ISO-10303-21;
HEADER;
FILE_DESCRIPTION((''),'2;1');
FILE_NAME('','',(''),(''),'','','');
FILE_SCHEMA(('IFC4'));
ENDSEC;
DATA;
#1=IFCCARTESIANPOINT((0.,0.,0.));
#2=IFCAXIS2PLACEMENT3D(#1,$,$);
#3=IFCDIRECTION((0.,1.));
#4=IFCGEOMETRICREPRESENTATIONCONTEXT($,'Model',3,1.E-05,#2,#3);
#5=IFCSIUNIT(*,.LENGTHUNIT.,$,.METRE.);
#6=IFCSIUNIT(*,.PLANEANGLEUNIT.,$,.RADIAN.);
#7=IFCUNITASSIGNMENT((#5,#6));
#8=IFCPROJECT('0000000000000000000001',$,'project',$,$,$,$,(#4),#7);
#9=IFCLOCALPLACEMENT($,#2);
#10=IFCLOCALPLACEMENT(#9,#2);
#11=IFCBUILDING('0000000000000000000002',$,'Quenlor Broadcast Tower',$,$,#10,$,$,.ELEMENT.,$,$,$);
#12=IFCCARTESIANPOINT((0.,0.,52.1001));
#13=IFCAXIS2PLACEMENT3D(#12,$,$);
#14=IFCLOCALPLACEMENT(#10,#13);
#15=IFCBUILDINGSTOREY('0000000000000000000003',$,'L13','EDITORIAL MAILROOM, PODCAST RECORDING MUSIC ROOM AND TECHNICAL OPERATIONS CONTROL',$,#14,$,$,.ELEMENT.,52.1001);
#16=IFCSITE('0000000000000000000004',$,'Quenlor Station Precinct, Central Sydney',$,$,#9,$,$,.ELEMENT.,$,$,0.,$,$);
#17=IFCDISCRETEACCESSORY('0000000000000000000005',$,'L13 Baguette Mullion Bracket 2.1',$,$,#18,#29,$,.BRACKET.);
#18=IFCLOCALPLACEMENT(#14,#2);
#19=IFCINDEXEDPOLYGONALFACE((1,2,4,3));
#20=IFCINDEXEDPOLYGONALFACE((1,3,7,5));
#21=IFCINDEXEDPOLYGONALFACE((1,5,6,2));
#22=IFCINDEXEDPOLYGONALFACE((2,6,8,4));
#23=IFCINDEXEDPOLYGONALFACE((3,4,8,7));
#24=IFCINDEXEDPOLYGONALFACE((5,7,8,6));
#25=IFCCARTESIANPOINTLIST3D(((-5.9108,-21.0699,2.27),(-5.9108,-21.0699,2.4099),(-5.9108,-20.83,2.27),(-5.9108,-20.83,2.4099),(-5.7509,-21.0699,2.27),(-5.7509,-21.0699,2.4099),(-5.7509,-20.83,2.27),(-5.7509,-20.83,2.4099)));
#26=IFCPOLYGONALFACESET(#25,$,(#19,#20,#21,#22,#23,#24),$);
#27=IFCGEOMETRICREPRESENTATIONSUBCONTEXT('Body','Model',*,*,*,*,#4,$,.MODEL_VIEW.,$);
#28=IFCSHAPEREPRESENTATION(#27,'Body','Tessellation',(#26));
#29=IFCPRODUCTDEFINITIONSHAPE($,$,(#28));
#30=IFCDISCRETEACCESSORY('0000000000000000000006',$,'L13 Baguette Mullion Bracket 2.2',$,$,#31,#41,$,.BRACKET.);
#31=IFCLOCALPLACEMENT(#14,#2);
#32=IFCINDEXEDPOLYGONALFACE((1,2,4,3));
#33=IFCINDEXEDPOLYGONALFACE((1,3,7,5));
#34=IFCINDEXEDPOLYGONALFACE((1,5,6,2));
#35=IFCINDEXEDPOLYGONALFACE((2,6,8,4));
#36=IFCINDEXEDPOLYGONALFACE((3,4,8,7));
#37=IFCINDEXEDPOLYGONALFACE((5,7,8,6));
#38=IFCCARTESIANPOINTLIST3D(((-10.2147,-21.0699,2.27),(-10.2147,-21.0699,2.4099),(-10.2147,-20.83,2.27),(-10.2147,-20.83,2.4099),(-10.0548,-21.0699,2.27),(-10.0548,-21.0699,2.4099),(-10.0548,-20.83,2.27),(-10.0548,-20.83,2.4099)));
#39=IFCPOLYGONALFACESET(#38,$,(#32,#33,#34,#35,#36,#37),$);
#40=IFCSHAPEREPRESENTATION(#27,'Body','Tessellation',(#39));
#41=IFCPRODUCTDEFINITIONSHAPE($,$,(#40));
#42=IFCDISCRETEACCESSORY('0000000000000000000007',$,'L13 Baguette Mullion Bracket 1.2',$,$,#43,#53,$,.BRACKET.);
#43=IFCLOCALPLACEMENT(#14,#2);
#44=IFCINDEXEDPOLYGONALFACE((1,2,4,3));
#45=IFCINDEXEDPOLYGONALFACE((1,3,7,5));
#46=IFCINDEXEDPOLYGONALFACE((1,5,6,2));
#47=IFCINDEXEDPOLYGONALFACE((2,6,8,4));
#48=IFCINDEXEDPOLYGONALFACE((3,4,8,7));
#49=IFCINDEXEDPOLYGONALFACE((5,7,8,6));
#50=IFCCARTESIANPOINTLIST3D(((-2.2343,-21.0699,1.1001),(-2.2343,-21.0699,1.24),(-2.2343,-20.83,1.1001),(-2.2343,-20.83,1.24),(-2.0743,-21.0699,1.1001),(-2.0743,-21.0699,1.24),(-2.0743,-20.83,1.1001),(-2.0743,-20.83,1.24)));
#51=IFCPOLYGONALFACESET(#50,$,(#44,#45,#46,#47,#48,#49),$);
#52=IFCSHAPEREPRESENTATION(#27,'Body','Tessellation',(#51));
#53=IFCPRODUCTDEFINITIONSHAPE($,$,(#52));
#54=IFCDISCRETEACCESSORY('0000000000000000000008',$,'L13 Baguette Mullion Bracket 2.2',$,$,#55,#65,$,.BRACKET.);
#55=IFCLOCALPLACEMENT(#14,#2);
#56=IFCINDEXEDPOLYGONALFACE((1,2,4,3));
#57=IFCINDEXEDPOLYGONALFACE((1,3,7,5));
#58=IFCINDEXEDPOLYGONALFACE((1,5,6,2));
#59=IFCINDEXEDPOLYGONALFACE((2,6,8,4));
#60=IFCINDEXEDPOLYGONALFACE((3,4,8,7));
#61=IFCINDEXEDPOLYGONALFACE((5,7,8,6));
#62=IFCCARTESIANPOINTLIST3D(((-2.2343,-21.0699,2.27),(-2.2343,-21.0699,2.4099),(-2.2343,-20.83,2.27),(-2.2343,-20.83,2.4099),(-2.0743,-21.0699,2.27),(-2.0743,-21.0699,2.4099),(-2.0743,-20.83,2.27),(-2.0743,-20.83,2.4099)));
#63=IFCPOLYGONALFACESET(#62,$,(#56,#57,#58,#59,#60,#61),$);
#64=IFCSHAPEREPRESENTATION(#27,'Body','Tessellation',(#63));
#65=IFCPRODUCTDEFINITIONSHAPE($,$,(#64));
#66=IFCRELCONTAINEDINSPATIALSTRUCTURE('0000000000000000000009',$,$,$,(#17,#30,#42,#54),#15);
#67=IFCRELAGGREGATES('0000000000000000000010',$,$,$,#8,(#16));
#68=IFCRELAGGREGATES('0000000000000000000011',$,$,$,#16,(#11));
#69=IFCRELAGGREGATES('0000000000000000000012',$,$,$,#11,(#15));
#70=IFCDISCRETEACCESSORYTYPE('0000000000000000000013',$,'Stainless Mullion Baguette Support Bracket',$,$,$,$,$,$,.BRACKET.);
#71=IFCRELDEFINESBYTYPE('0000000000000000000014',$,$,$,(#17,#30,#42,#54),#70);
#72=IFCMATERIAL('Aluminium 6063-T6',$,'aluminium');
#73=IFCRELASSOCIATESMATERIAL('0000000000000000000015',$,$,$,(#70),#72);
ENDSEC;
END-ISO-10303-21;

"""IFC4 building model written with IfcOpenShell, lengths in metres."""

from ifc_helpers import new_model, si_unit, direction, frame, origin, origin_2d, place, context, subcontext, project, spatial, rectangle, extrude, material, type_object, element, save


model = new_model("IFC4")

# Units and contexts
model_context = context("Model", 3, precision=1e-05, world=origin(), true_north=direction((0.0, 1.0)))
body_context = subcontext(model_context, "Body", "Model", "MODEL_VIEW")
ifc_project = project(units=[si_unit("LENGTHUNIT", "METRE"), si_unit("PLANEANGLEUNIT", "RADIAN")], contexts=[model_context])

# Site, building, storey
site_placement = place(None, origin())
site = spatial("IfcSite", under=ifc_project, at=site_placement, Name="Quenlor Station Precinct, Central Sydney", CompositionType="ELEMENT", RefElevation=0.0)
building_placement = place(site_placement, origin())
building = spatial("IfcBuilding", under=site, at=building_placement, Name="Quenlor Broadcast Tower", CompositionType="ELEMENT")
storey_placement = place(building_placement, frame((0.0, 0.0, 52.1001)))
storey = spatial("IfcBuildingStorey", under=building, at=storey_placement, Name="L13", Description="EDITORIAL MAILROOM, PODCAST RECORDING MUSIC ROOM AND TECHNICAL OPERATIONS CONTROL", CompositionType="ELEMENT", Elevation=52.1001)

# Discrete accessories
ifc_material_1 = material(Name="Aluminium 6063-T6", Category="aluminium")
discrete_accessory_type = type_object("IfcDiscreteAccessoryType", Name="Stainless Mullion Baguette Support Bracket", PredefinedType="BRACKET", material=ifc_material_1)
for number, where, z_axis, x_axis, name in (
    (1, (-5.8308, -20.95, 2.27), (0.0, 0.0, 1.0), (-1.0, 0.0, 0.0), "L13 Baguette Mullion Bracket 2.1"),
    (2, (-10.1348, -20.95, 2.27), (0.0, 0.0, 1.0), (-1.0, 0.0, 0.0), "L13 Baguette Mullion Bracket 2.2"),
    (3, (-2.1543, -20.95, 1.1001), (0.0, 0.0, 1.0), (-1.0, 0.0, 0.0), "L13 Baguette Mullion Bracket 1.2"),
    (4, (-2.1543, -20.95, 2.27), (0.0, 0.0, 1.0), (-1.0, 0.0, 0.0), "L13 Baguette Mullion Bracket 2.2"),
):
    element("IfcDiscreteAccessory", number, at=place(storey_placement, frame(where, z_axis=z_axis, x_axis=x_axis)), inside=storey, type_object=discrete_accessory_type, Name=name, PredefinedType="BRACKET", context=body_context, shape_type="SweptSolid", body=[
        extrude(rectangle(XDim=0.1599, YDim=0.24, at=origin_2d()), origin(), (0.0, 0.0, 1.0), 0.1399),
    ])

save(model, "model.ifc")
